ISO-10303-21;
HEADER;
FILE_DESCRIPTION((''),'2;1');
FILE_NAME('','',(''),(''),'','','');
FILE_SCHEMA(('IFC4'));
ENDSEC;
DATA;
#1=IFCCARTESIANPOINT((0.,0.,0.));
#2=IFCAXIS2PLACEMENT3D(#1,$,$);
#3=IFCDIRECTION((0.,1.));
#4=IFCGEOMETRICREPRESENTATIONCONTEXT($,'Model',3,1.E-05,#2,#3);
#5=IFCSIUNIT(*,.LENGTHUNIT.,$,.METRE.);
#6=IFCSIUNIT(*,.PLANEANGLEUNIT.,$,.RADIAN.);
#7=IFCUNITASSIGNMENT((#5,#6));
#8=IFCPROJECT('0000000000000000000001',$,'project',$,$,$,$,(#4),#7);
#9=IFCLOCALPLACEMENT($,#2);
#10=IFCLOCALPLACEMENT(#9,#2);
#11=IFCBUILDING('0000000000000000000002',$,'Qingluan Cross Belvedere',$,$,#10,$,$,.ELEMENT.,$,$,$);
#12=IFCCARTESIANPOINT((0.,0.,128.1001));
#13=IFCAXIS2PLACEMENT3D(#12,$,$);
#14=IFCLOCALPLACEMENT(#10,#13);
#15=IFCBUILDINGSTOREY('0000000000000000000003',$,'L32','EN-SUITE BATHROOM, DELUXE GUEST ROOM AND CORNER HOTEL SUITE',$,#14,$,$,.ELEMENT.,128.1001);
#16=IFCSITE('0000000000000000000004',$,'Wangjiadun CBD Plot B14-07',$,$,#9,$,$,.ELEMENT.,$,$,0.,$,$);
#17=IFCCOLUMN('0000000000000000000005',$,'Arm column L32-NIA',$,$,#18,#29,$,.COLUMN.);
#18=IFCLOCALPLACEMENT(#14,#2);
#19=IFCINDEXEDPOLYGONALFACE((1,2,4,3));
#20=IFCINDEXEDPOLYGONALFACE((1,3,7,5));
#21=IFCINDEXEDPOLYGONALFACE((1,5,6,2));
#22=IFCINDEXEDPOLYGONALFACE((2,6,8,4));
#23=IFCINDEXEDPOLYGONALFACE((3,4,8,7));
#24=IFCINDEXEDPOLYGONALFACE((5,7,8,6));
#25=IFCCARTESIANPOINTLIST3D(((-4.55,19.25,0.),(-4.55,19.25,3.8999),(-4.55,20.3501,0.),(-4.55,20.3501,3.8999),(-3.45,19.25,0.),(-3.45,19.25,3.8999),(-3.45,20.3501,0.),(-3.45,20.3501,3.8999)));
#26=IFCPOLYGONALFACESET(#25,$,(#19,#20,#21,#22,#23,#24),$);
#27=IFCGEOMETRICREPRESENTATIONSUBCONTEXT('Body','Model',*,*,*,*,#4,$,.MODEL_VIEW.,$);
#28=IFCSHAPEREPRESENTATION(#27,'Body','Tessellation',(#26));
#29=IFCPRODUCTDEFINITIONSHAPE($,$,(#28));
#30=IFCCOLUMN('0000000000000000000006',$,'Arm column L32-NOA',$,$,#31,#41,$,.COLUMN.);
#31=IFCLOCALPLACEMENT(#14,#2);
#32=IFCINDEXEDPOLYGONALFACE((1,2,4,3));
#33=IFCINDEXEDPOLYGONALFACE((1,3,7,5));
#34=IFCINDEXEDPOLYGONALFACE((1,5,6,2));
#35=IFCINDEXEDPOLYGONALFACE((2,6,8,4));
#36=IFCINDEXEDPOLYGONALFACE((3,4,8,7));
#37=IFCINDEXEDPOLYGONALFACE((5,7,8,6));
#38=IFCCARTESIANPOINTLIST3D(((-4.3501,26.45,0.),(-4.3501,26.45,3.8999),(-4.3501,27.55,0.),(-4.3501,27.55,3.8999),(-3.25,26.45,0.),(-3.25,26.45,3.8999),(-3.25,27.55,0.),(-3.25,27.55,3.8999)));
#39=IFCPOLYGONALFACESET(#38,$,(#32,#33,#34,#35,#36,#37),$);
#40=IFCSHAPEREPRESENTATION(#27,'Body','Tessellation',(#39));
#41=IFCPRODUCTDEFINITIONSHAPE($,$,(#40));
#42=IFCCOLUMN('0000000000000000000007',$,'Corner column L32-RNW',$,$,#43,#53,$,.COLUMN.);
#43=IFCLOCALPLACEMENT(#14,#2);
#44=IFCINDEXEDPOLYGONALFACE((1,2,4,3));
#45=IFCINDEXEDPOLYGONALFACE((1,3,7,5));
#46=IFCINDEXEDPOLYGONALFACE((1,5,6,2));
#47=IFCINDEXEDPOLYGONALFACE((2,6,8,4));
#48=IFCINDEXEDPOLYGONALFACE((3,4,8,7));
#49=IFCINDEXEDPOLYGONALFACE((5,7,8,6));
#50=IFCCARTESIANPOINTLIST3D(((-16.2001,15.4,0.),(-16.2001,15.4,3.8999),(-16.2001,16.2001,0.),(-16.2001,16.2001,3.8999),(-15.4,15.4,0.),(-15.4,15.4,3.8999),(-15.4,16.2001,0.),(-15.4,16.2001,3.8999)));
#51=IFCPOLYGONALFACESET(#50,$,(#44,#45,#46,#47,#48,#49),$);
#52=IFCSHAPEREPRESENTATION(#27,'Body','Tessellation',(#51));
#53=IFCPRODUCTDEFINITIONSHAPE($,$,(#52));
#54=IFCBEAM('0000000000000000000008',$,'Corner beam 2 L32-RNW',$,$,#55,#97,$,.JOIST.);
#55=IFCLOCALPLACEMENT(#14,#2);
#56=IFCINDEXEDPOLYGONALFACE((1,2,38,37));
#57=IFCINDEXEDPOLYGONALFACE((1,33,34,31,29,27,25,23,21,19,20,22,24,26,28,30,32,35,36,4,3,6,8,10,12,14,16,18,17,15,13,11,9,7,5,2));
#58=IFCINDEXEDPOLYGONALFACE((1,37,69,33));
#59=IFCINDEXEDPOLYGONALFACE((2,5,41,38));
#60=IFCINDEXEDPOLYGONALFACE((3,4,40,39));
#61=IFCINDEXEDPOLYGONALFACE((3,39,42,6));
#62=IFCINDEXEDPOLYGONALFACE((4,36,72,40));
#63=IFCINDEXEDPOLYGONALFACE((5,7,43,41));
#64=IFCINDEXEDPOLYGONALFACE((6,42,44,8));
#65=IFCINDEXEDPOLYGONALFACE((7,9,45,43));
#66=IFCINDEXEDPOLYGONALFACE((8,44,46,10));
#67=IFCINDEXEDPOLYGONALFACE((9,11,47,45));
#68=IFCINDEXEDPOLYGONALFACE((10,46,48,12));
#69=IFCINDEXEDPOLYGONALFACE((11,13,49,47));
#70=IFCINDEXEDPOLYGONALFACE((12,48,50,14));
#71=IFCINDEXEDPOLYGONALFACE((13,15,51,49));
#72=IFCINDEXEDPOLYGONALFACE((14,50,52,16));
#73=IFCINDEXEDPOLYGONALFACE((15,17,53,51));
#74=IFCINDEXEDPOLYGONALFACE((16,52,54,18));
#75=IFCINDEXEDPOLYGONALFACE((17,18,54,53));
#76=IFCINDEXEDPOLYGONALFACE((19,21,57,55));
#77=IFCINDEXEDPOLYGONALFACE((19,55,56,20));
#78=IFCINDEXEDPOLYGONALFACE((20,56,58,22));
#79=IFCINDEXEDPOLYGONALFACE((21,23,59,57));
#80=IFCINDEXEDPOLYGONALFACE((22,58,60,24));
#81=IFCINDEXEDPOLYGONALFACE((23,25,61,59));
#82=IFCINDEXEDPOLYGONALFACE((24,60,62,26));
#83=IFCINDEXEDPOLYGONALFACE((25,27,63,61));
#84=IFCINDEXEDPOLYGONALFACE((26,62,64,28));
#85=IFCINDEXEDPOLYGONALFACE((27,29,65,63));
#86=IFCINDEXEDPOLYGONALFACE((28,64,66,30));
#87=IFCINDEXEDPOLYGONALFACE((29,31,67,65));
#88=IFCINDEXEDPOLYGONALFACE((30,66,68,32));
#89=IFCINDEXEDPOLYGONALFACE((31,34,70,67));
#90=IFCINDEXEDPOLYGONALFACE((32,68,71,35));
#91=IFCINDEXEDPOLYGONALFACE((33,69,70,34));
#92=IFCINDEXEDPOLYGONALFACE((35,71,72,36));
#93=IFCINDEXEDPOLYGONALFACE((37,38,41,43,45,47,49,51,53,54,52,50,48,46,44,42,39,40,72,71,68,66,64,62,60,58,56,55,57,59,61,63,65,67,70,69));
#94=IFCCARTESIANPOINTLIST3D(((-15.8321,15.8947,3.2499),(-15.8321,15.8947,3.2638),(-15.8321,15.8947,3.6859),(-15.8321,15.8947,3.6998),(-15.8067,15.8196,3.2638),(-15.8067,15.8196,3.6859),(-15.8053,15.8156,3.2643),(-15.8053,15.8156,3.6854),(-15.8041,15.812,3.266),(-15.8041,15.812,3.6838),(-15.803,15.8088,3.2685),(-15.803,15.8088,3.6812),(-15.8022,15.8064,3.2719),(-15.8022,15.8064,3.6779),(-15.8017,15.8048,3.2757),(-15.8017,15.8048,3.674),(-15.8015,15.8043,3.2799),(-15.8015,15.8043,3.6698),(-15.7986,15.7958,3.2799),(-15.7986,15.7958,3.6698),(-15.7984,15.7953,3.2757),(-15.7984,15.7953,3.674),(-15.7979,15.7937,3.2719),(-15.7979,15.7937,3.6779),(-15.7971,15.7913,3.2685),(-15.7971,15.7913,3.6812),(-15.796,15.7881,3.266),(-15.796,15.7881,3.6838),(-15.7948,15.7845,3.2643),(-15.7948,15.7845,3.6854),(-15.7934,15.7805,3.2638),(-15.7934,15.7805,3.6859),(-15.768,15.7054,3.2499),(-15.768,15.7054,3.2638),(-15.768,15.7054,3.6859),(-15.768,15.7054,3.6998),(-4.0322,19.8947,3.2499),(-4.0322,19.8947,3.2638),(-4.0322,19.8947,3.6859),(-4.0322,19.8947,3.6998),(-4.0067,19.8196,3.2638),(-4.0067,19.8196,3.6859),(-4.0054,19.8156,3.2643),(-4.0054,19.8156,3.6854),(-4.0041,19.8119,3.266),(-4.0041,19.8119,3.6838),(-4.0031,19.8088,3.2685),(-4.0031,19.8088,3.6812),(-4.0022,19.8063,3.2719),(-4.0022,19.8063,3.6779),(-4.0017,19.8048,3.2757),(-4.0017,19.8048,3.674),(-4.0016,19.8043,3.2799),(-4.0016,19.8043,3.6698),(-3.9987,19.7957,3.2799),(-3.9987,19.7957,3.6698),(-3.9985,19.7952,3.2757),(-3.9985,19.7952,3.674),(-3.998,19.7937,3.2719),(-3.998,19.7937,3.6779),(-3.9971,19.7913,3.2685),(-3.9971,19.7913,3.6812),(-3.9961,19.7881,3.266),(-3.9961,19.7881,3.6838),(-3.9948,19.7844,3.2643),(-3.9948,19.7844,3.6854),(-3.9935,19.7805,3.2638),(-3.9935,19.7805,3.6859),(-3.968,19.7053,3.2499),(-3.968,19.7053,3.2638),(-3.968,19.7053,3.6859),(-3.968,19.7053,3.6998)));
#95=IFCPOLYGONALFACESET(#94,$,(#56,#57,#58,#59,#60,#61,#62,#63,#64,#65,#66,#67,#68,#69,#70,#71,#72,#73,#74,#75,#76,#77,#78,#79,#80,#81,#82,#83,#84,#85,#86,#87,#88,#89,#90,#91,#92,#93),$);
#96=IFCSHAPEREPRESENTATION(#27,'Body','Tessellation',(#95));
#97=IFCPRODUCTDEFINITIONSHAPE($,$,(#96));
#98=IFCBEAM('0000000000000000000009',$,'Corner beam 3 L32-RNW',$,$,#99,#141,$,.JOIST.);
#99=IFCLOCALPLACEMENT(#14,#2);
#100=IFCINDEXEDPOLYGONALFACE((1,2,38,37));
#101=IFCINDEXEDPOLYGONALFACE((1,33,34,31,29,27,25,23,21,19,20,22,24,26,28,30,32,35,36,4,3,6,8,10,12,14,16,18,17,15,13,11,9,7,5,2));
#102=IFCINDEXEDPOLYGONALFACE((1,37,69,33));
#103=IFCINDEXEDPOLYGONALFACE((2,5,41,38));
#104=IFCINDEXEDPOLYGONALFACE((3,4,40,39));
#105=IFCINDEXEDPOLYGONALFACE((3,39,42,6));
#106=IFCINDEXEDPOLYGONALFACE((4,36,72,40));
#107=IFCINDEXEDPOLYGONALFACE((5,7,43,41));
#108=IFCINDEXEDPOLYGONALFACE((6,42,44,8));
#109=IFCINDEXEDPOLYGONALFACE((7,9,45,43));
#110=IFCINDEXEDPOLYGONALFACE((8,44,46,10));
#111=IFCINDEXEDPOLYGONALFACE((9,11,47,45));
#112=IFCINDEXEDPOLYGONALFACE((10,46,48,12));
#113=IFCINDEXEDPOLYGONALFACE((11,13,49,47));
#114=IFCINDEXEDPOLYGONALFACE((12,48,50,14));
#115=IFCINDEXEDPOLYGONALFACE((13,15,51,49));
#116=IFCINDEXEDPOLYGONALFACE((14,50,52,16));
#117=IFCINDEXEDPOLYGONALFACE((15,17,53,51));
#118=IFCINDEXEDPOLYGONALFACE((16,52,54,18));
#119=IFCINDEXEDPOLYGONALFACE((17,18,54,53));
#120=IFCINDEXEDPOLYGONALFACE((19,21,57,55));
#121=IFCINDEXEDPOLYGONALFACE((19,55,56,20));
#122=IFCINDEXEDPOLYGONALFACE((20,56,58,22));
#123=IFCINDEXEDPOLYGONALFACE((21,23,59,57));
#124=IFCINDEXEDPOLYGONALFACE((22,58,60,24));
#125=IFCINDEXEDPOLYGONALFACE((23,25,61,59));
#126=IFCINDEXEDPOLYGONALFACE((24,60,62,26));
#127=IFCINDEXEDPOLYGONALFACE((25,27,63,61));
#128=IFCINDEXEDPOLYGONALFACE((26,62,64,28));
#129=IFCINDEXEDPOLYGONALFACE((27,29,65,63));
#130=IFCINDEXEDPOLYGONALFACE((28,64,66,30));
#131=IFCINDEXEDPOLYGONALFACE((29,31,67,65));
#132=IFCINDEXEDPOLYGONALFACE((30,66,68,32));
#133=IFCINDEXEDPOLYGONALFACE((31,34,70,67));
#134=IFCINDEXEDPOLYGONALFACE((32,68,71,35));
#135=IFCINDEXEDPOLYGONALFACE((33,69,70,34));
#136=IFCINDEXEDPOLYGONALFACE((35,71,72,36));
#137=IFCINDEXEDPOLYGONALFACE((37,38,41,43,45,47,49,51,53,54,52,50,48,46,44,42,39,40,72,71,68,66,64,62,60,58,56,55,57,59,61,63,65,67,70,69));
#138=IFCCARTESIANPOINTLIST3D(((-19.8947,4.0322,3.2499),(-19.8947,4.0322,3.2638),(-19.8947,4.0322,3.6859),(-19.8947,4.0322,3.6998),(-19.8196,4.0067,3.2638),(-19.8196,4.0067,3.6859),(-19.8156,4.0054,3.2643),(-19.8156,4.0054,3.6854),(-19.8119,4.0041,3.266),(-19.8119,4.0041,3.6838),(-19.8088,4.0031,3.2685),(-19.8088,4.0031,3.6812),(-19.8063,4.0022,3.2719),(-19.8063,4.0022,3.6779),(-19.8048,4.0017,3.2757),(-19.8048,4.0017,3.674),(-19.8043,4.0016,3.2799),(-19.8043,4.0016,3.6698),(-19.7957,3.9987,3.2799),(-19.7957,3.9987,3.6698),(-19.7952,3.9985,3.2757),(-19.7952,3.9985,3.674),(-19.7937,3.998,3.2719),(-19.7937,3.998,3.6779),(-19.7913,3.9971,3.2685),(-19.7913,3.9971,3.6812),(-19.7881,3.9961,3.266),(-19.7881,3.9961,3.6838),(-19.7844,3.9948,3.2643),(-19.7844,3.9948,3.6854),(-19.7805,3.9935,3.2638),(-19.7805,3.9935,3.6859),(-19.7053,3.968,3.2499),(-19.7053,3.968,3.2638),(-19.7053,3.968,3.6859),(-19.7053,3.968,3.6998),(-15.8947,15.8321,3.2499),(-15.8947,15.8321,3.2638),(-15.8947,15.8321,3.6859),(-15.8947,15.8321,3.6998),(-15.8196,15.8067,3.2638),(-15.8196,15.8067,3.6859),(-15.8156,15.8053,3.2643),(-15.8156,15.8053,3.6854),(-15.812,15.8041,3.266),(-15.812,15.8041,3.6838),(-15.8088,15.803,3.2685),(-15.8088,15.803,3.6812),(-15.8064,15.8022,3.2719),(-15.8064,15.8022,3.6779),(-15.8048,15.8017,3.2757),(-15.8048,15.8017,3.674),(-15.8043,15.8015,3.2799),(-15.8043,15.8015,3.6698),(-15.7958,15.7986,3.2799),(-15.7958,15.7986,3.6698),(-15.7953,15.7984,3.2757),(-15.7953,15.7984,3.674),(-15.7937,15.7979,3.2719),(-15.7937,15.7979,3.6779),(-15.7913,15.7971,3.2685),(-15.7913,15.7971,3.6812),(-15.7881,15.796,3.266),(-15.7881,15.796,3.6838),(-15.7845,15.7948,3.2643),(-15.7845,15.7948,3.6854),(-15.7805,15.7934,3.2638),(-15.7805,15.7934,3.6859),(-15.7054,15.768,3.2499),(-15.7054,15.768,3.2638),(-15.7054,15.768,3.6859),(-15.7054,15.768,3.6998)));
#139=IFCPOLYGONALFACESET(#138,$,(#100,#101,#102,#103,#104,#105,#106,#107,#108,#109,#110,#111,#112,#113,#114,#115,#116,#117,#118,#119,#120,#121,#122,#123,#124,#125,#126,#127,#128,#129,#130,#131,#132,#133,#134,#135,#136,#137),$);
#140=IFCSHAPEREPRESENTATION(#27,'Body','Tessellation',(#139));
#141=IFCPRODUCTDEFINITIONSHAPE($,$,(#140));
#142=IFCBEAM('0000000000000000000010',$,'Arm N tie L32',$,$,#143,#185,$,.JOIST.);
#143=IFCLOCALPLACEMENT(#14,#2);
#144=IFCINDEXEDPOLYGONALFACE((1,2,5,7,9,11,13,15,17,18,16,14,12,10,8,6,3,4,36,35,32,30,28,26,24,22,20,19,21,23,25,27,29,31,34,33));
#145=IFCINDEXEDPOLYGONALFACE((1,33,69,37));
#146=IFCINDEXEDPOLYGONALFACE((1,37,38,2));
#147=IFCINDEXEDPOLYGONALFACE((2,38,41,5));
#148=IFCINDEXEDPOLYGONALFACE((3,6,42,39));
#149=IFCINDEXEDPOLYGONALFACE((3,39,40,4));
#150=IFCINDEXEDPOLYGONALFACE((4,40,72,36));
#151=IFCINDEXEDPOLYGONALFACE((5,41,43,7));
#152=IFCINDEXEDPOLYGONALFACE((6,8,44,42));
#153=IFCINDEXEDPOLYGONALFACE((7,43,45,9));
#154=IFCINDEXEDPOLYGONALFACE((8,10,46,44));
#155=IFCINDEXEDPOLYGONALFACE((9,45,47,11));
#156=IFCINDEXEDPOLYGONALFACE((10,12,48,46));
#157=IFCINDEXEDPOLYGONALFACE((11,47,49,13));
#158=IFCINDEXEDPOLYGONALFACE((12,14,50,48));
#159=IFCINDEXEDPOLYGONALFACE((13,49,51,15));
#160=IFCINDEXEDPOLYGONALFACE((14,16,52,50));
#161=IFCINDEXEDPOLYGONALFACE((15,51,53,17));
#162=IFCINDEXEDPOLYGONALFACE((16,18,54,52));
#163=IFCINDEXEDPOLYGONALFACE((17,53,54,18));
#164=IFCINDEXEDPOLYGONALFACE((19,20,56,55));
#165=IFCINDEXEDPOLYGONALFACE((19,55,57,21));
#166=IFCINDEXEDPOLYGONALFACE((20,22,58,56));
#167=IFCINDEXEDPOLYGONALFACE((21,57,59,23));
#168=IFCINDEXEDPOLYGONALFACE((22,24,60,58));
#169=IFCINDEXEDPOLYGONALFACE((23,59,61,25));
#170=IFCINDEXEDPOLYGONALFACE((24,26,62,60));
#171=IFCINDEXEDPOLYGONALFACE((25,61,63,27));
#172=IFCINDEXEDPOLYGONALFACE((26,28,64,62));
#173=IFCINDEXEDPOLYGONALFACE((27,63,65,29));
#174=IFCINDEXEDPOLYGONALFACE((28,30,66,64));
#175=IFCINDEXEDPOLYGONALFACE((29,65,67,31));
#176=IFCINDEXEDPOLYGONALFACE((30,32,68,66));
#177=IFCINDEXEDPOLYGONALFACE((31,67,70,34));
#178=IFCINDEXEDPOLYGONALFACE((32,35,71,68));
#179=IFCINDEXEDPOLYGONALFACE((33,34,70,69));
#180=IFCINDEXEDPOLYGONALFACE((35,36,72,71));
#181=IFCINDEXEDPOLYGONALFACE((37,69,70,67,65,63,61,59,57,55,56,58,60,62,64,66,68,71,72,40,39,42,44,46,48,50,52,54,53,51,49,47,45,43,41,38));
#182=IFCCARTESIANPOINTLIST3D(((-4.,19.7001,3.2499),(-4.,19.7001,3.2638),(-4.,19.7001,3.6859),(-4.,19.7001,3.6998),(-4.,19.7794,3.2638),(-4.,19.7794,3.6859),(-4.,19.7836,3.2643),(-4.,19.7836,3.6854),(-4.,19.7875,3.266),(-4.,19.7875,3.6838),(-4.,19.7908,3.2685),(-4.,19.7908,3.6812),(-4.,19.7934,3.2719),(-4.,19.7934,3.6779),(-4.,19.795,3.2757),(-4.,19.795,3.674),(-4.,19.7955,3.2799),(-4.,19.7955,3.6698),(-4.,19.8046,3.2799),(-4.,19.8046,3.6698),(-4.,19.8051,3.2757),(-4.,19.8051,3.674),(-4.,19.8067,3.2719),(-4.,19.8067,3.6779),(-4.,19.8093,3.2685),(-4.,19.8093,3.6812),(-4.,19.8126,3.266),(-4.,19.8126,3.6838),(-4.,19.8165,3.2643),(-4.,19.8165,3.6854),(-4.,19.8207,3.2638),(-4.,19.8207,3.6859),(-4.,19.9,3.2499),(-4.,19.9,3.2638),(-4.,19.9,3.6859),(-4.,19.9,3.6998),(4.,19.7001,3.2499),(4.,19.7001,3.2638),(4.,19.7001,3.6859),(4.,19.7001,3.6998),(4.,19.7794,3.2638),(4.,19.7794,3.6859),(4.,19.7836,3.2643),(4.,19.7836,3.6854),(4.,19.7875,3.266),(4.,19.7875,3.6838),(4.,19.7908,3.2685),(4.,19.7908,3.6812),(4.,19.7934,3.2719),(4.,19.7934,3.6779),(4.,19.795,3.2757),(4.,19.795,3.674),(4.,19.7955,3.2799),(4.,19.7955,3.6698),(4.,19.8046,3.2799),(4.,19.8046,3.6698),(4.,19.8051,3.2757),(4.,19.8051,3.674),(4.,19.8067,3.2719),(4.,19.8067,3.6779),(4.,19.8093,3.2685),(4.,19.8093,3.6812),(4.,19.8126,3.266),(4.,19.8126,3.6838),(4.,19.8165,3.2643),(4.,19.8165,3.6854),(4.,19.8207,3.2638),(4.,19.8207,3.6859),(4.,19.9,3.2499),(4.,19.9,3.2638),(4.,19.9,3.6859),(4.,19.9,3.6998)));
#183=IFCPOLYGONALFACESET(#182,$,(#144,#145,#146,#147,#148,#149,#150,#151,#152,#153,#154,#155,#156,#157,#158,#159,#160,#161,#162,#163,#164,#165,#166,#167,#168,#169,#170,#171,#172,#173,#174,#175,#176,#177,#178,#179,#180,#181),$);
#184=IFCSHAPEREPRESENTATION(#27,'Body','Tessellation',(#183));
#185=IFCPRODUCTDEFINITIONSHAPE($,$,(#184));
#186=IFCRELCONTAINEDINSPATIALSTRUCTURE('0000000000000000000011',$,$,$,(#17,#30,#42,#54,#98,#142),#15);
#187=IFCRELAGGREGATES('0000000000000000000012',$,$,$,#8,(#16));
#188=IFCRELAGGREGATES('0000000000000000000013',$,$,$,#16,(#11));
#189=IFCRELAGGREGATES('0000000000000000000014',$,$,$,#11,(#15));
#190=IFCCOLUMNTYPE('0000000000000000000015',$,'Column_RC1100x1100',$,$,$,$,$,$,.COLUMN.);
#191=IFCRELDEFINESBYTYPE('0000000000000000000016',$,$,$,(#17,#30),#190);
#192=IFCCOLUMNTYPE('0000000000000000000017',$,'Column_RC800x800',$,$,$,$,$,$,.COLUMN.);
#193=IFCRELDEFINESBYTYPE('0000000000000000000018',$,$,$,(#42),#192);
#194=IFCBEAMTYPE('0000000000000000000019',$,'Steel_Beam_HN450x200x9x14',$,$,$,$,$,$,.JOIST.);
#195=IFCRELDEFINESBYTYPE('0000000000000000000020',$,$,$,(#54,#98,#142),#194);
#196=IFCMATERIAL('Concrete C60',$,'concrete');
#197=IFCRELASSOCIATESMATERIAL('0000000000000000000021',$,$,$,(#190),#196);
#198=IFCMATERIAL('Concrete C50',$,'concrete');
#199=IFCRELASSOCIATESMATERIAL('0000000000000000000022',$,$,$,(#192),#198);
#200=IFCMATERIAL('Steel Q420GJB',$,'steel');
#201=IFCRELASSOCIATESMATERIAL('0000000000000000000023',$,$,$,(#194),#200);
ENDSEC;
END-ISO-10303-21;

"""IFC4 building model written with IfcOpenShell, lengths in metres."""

from ifc_helpers import new_model, si_unit, direction, frame, origin, origin_2d, place, context, subcontext, project, spatial, rectangle, i_section, extrude, material, material_profile, profile_set, type_object, element, save


model = new_model("IFC4")

# Units and contexts
model_context = context("Model", 3, precision=1e-05, world=origin(), true_north=direction((0.0, 1.0)))
body_context = subcontext(model_context, "Body", "Model", "MODEL_VIEW")
ifc_project = project(units=[si_unit("LENGTHUNIT", "METRE"), si_unit("PLANEANGLEUNIT", "RADIAN")], contexts=[model_context])

# Site, building, storey
site_placement = place(None, origin())
site = spatial("IfcSite", under=ifc_project, at=site_placement, Name="Wangjiadun CBD Plot B14-07", CompositionType="ELEMENT", RefElevation=0.0)
building_placement = place(site_placement, origin())
building = spatial("IfcBuilding", under=site, at=building_placement, Name="Qingluan Cross Belvedere", CompositionType="ELEMENT")
storey_placement = place(building_placement, frame((0.0, 0.0, 128.1001)))
storey = spatial("IfcBuildingStorey", under=building, at=storey_placement, Name="L32", Description="EN-SUITE BATHROOM, DELUXE GUEST ROOM AND CORNER HOTEL SUITE", CompositionType="ELEMENT", Elevation=128.1001)

# Columns
ifc_material_1 = material(Name="Concrete C60", Category="concrete")
ifc_material_profile_1 = material_profile(ifc_material_1, rectangle(XDim=1.1001, YDim=1.1001, at=origin_2d()), Name="RC1100x1100")
ifc_profile_set_1 = profile_set([ifc_material_profile_1], Name="Concrete C60")
column_type_1 = type_object("IfcColumnType", Name="Column_RC1100x1100", PredefinedType="COLUMN", material=ifc_profile_set_1)
for number, where, z_axis, x_axis, name in (
    (1, (-4.0, 19.8, 0.0), (0.0, 0.0, 1.0), (1.0, 0.0, 0.0), "Arm column L32-NIA"),
    (2, (-3.8, 27.0, 0.0), (0.0, 0.0, 1.0), (1.0, 0.0, 0.0), "Arm column L32-NOA"),
):
    element("IfcColumn", number, at=place(storey_placement, frame(where, z_axis=z_axis, x_axis=x_axis)), inside=storey, type_object=column_type_1, Name=name, PredefinedType="COLUMN", context=body_context, shape_type="SweptSolid", body=[
        extrude(rectangle(XDim=1.1001, YDim=1.1001, at=origin_2d()), origin(), (0.0, 0.0, 1.0), 3.8999),
    ])
ifc_material_2 = material(Name="Concrete C50", Category="concrete")
ifc_material_profile_2 = material_profile(ifc_material_2, rectangle(XDim=0.8, YDim=0.8, at=origin_2d()), Name="RC800x800")
ifc_profile_set_2 = profile_set([ifc_material_profile_2], Name="Concrete C50")
column_type_2 = type_object("IfcColumnType", Name="Column_RC800x800", PredefinedType="COLUMN", material=ifc_profile_set_2)
column_placement = place(storey_placement, frame((-15.8, 15.8, 0.0), z_axis=(0.0, 0.0, 1.0), x_axis=(1.0, 0.0, 0.0)))
element("IfcColumn", 3, at=column_placement, inside=storey, type_object=column_type_2, Name="Corner column L32-RNW", PredefinedType="COLUMN", context=body_context, shape_type="SweptSolid", body=[
    extrude(rectangle(XDim=0.8, YDim=0.8, at=origin_2d()), origin(), (0.0, 0.0, 1.0), 3.8999),
])

# Beams
ifc_material_3 = material(Name="Steel Q420GJB", Category="steel")
ifc_material_profile_3 = material_profile(ifc_material_3, i_section(OverallWidth=0.2, OverallDepth=0.45, WebThickness=0.009, FlangeThickness=0.0139, FilletRadius=0.0161, at=origin_2d()), Name="HN450x200x9x14")
ifc_profile_set_3 = profile_set([ifc_material_profile_3], Name="Steel Q420GJB")
beam_type_1 = type_object("IfcBeamType", Name="Steel_Beam_HN450x200x9x14", PredefinedType="JOIST", material=ifc_profile_set_3)
for number, where, z_axis, x_axis, name in (
    (4, (-15.8, 15.8, 3.4749), (0.947066, 0.321038, 0.0), (-0.321038, 0.947066, 0.0), "Corner beam 2 L32-RNW"),
    (5, (-15.8, 15.8, 3.4749), (-0.321038, -0.947066, 0.0), (0.947066, -0.321038, 0.0), "Corner beam 3 L32-RNW"),
):
    element("IfcBeam", number, at=place(storey_placement, frame(where, z_axis=z_axis, x_axis=x_axis)), inside=storey, type_object=beam_type_1, Name=name, PredefinedType="JOIST", context=body_context, shape_type="SweptSolid", body=[
        extrude(i_section(OverallWidth=0.2, OverallDepth=0.45, WebThickness=0.009, FlangeThickness=0.0139, FilletRadius=0.0161, at=origin_2d()), origin(), (0.0, 0.0, 1.0), 12.4595),
    ])
for number, where, z_axis, x_axis, name in (
    (6, (-4.0, 19.8, 3.4749), (1.0, 0.0, 0.0), (0.0, 1.0, 0.0), "Arm N tie L32"),
):
    element("IfcBeam", number, at=place(storey_placement, frame(where, z_axis=z_axis, x_axis=x_axis)), inside=storey, type_object=beam_type_1, Name=name, PredefinedType="JOIST", context=body_context, shape_type="SweptSolid", body=[
        extrude(i_section(OverallWidth=0.2, OverallDepth=0.45, WebThickness=0.009, FlangeThickness=0.0139, FilletRadius=0.0161, at=origin_2d()), origin(), (0.0, 0.0, 1.0), 8.0),
    ])

save(model, "model.ifc")
